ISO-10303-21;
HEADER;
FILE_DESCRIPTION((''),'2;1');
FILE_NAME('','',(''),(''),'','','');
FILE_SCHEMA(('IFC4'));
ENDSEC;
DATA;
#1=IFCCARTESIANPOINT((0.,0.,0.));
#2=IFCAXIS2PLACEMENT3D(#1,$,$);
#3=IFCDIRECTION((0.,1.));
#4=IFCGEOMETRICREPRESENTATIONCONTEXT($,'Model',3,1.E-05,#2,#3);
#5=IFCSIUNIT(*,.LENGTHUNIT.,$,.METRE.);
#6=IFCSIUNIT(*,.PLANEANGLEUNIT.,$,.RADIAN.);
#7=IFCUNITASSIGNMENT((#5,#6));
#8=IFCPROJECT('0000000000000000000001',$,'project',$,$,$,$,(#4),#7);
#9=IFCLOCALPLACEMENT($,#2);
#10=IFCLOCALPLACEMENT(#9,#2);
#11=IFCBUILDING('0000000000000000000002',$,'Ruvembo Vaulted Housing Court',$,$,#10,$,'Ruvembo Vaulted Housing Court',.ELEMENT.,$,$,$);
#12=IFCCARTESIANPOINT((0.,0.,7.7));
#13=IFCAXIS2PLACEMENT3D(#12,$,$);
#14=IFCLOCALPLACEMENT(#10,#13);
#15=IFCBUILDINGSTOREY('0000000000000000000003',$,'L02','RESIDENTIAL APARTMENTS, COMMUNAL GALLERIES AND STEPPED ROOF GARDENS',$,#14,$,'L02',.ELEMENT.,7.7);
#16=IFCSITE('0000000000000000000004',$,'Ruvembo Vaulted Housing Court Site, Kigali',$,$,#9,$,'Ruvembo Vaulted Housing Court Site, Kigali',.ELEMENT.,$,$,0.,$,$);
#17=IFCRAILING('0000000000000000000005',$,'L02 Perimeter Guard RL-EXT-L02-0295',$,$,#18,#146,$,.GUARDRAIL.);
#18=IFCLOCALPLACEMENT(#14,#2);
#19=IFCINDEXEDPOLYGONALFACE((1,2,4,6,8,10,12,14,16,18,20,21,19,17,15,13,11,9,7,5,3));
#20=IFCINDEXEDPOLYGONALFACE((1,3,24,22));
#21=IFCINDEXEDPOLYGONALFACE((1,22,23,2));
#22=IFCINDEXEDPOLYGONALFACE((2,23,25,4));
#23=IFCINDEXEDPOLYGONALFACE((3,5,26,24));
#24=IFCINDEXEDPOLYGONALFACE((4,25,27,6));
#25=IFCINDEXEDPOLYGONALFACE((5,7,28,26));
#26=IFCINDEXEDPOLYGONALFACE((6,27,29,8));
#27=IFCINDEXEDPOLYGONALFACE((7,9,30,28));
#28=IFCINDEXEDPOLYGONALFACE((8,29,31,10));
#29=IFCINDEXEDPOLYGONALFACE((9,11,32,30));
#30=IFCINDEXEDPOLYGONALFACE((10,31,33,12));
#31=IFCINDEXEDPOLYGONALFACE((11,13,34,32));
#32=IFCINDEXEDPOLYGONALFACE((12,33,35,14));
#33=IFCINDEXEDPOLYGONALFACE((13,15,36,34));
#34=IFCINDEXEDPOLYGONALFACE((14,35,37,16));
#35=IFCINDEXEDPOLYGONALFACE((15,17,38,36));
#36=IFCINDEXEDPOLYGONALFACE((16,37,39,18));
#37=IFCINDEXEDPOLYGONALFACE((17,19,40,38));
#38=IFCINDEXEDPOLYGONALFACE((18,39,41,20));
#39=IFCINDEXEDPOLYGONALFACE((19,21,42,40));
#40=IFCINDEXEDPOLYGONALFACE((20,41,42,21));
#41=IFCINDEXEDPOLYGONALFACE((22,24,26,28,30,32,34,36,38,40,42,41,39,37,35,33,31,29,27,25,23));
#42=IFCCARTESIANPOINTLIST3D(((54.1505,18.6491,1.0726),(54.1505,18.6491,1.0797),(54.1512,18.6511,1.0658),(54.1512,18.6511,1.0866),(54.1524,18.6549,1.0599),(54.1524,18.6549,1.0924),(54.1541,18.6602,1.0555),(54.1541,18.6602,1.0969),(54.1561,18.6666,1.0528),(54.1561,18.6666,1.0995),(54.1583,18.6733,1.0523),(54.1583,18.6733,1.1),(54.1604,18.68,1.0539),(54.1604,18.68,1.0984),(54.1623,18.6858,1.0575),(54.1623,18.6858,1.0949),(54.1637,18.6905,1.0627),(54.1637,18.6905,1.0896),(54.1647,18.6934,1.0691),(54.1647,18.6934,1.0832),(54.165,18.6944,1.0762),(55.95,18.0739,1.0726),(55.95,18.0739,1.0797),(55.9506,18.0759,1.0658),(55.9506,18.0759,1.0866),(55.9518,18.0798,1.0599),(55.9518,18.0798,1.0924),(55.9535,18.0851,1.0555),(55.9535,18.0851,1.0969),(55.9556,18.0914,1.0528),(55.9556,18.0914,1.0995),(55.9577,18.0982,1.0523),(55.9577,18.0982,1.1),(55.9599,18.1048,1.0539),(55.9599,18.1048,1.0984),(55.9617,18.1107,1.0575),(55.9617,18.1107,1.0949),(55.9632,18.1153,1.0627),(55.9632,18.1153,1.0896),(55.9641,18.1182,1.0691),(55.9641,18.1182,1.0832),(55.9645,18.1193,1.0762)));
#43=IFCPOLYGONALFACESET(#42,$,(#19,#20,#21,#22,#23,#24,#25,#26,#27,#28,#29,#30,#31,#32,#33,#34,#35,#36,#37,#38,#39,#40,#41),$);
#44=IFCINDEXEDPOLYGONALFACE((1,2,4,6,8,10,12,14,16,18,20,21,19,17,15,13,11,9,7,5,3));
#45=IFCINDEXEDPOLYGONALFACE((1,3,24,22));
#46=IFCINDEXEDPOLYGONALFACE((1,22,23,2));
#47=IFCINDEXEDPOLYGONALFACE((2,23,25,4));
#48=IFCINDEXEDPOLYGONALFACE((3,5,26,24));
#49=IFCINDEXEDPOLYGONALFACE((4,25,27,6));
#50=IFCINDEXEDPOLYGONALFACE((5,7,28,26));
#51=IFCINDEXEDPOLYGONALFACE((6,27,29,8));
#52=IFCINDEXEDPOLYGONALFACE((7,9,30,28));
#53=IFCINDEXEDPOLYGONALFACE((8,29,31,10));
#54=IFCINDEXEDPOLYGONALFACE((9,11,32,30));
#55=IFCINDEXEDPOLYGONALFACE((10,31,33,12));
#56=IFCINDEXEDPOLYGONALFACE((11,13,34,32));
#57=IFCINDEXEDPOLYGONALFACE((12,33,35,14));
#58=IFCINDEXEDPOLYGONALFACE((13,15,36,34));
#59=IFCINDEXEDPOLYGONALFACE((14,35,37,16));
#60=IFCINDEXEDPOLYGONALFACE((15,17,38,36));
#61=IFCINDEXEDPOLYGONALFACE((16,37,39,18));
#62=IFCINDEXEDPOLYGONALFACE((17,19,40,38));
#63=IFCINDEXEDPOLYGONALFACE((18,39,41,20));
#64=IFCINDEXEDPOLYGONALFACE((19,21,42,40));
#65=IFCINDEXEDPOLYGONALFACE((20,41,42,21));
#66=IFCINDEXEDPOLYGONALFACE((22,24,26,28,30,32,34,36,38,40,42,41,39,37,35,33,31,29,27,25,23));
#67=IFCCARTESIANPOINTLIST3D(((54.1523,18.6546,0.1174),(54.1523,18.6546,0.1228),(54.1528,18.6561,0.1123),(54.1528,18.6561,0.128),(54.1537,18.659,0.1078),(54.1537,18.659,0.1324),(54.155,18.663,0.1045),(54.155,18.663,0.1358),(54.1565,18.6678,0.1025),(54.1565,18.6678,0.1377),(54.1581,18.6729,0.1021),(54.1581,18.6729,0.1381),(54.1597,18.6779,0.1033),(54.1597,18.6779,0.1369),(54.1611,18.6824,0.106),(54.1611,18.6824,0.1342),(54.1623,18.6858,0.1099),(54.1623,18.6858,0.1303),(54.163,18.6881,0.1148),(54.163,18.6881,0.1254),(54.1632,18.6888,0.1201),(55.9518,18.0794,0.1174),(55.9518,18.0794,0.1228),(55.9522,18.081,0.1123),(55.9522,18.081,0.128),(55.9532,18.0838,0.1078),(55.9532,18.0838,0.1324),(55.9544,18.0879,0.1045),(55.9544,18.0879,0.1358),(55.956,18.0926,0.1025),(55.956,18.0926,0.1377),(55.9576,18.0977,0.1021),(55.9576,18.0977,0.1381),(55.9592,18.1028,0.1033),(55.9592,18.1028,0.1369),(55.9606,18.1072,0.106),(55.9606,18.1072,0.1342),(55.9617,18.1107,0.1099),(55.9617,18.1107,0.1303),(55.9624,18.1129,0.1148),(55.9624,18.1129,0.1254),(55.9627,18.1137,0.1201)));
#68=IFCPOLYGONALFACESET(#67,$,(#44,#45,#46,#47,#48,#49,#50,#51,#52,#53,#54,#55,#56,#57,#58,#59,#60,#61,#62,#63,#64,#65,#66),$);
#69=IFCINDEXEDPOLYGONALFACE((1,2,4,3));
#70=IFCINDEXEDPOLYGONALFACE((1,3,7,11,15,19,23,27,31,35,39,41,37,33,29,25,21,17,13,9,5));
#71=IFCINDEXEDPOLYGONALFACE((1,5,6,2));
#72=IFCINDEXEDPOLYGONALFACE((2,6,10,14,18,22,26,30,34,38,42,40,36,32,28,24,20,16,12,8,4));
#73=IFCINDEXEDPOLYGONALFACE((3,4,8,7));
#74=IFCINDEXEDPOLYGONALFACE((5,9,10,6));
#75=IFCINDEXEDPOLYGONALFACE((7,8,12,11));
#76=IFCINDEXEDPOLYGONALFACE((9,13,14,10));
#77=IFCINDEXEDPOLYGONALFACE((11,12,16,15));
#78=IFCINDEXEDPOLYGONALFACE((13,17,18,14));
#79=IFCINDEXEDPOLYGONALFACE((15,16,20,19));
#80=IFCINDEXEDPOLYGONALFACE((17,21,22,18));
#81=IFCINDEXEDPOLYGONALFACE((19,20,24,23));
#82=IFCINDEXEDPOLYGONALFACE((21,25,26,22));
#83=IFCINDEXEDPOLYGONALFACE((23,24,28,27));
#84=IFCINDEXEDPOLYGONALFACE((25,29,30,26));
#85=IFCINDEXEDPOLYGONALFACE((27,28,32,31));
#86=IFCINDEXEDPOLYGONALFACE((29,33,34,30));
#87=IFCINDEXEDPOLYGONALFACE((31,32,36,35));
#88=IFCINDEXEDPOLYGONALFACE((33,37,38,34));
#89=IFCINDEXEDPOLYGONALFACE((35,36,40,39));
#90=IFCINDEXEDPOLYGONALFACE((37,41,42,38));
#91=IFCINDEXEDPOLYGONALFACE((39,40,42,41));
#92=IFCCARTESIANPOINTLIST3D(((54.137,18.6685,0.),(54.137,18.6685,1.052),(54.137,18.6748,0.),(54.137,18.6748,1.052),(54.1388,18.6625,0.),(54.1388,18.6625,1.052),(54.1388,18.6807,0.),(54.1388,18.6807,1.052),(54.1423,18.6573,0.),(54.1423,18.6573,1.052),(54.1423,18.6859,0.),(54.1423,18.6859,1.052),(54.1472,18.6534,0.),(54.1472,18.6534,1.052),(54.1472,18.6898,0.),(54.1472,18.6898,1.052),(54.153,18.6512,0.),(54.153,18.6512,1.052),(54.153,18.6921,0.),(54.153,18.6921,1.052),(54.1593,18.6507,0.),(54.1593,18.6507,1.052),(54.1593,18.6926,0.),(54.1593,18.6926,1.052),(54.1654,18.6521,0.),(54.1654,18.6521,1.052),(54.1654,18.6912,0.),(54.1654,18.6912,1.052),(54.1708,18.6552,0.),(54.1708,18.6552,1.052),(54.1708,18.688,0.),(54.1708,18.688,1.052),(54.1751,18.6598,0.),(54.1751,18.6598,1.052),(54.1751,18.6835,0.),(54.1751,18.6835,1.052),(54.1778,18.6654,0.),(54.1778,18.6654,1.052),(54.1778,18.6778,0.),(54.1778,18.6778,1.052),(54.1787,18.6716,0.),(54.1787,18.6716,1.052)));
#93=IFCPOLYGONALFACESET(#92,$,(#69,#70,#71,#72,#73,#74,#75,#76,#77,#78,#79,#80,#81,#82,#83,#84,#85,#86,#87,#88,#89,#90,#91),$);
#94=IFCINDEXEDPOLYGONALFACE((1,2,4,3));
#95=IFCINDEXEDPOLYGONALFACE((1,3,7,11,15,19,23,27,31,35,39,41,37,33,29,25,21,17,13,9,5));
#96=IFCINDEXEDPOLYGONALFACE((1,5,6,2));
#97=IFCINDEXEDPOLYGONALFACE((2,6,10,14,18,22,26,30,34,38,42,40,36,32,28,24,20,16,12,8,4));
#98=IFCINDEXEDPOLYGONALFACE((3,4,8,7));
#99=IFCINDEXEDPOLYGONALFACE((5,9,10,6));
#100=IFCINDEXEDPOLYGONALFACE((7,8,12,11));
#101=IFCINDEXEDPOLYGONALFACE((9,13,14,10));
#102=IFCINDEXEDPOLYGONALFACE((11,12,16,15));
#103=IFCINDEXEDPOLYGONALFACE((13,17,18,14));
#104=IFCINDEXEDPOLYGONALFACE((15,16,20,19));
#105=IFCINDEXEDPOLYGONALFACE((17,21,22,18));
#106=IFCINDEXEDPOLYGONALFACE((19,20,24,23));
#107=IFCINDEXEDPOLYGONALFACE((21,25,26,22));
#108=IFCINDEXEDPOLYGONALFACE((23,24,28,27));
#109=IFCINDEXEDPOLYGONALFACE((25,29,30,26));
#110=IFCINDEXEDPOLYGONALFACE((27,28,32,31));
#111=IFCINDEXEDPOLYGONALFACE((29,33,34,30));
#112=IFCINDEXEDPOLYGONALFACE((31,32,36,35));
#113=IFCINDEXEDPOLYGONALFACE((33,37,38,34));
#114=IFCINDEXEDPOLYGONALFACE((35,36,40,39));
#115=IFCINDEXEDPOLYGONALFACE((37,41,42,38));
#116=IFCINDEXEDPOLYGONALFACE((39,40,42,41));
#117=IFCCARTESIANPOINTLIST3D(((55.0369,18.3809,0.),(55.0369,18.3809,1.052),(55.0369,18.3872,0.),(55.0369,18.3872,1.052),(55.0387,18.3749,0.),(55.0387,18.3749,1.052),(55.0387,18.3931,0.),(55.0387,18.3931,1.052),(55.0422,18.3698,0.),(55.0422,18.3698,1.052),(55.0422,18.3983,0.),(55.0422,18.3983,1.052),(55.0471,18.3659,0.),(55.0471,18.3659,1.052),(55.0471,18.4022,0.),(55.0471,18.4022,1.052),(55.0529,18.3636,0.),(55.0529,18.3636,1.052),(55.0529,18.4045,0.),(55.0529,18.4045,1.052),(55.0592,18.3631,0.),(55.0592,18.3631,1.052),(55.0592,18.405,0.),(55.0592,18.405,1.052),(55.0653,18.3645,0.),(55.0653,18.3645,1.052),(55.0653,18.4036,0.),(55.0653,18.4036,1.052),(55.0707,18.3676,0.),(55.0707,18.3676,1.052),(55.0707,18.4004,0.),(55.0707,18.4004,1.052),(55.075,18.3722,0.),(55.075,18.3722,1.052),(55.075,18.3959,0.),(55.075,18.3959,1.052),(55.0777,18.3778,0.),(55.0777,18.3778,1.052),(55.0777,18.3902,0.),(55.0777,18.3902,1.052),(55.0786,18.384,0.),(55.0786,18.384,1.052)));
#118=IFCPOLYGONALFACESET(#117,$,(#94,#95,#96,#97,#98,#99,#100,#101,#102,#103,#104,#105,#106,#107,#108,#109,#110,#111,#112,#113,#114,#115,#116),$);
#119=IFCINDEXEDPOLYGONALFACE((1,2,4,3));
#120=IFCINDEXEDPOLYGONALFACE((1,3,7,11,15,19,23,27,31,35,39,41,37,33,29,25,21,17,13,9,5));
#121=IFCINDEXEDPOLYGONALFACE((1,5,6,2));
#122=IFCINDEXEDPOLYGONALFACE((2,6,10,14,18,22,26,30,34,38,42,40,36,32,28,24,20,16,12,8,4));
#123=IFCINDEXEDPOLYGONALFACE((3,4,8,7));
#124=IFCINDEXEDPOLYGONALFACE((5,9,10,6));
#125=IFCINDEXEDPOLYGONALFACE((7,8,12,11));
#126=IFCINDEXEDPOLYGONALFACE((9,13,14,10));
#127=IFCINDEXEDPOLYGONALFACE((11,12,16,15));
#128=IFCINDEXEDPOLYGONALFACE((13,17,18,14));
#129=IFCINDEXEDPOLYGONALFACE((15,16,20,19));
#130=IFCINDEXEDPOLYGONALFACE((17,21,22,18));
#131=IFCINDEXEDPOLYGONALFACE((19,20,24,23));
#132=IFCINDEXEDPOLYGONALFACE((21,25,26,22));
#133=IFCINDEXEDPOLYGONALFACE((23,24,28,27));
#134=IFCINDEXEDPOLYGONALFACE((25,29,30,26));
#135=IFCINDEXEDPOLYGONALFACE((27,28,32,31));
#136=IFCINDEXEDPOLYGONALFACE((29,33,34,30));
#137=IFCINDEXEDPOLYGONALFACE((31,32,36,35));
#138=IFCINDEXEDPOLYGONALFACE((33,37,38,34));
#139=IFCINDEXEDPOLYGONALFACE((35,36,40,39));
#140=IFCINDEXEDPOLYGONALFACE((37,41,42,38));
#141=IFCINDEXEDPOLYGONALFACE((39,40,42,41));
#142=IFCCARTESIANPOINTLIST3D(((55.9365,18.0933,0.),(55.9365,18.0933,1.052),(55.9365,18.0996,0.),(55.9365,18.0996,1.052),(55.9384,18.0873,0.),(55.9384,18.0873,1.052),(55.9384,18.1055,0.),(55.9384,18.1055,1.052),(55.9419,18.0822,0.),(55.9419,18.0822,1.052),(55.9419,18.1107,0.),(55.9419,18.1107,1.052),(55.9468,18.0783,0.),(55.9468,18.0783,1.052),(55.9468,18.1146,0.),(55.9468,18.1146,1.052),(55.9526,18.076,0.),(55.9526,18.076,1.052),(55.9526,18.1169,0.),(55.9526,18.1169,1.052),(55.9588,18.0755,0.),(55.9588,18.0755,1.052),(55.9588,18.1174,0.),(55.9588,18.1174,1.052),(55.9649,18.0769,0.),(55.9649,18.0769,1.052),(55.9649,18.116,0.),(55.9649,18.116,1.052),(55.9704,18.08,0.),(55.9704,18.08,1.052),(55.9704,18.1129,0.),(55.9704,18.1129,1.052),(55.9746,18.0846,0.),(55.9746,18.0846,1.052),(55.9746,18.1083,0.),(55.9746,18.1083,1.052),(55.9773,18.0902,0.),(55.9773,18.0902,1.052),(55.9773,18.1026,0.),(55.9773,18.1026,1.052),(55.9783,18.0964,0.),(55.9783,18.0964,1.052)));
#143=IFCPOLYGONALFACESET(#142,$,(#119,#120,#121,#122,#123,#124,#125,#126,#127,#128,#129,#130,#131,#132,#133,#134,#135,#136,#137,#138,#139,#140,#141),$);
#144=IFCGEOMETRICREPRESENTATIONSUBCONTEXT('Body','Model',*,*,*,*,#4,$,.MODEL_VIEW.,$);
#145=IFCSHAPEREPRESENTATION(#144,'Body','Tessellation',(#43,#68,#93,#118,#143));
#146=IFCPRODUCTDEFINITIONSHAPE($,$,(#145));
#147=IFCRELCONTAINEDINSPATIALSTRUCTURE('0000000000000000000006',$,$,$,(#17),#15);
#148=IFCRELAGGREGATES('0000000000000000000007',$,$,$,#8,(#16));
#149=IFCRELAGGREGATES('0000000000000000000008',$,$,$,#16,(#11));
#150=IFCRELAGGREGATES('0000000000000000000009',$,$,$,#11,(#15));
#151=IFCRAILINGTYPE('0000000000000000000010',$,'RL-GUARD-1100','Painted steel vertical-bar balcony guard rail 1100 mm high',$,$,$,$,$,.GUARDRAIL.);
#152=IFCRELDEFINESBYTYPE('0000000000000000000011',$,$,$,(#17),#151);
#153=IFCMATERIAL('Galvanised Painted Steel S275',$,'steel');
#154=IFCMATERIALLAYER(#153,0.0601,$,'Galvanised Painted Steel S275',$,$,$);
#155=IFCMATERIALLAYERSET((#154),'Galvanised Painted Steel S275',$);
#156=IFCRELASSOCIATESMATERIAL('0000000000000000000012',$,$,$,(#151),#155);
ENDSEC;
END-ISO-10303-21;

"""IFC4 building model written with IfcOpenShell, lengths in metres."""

from ifc_helpers import new_model, si_unit, direction, frame, origin, origin_2d, place, context, subcontext, project, spatial, circle, extrude, material, layer, layer_set, type_object, element, save


model = new_model("IFC4")

# Units and contexts
model_context = context("Model", 3, precision=1e-05, world=origin(), true_north=direction((0.0, 1.0)))
body_context = subcontext(model_context, "Body", "Model", "MODEL_VIEW")
ifc_project = project(units=[si_unit("LENGTHUNIT", "METRE"), si_unit("PLANEANGLEUNIT", "RADIAN")], contexts=[model_context])

# Site, building, storey
site_placement = place(None, origin())
site = spatial("IfcSite", under=ifc_project, at=site_placement, Name="Ruvembo Vaulted Housing Court Site, Kigali", LongName="Ruvembo Vaulted Housing Court Site, Kigali", CompositionType="ELEMENT", RefElevation=0.0)
building_placement = place(site_placement, origin())
building = spatial("IfcBuilding", under=site, at=building_placement, Name="Ruvembo Vaulted Housing Court", LongName="Ruvembo Vaulted Housing Court", CompositionType="ELEMENT")
storey_placement = place(building_placement, frame((0.0, 0.0, 7.7)))
storey = spatial("IfcBuildingStorey", under=building, at=storey_placement, Name="L02", Description="RESIDENTIAL APARTMENTS, COMMUNAL GALLERIES AND STEPPED ROOF GARDENS", LongName="L02", CompositionType="ELEMENT", Elevation=7.7)

# Railing
ifc_material_1 = material(Name="Galvanised Painted Steel S275", Category="steel")
ifc_layer = layer(ifc_material_1, 0.0601, Name="Galvanised Painted Steel S275")
ifc_layer_set = layer_set([ifc_layer], Name="Galvanised Painted Steel S275")
railing_type = type_object("IfcRailingType", Name="RL-GUARD-1100", Description="Painted steel vertical-bar balcony guard rail 1100 mm high", PredefinedType="GUARDRAIL", material=ifc_layer_set)
railing_1_placement = place(storey_placement, frame((54.1577, 18.6716, 0.0)))
element("IfcRailing", 1, at=railing_1_placement, inside=storey, type_object=railing_type, Name="L02 Perimeter Guard RL-EXT-L02-0295", PredefinedType="GUARDRAIL", context=body_context, shape_type="SweptSolid", body=[
    extrude(circle(Radius=0.0239, at=origin_2d()), frame((0.0, 0.0, 1.0762), z_axis=(0.952526, -0.304457, 0.0), x_axis=(0.304457, 0.952526, 0.0)), (0.0, 0.0, 1.0), 1.8892),
    extrude(circle(Radius=0.0181, at=origin_2d()), frame((0.0, 0.0, 0.1201), z_axis=(0.952526, -0.304457, 0.0), x_axis=(0.304457, 0.952526, 0.0)), (0.0, 0.0, 1.0), 1.8892),
    extrude(circle(Radius=0.021, at=origin_2d()), origin(), (0.0, 0.0, 1.0), 1.052),
    extrude(circle(Radius=0.021, at=origin_2d()), frame((0.8999, -0.2876, 0.0)), (0.0, 0.0, 1.0), 1.052),
    extrude(circle(Radius=0.021, at=origin_2d()), frame((1.7996, -0.5752, 0.0)), (0.0, 0.0, 1.0), 1.052),
])

save(model, "model.ifc")
